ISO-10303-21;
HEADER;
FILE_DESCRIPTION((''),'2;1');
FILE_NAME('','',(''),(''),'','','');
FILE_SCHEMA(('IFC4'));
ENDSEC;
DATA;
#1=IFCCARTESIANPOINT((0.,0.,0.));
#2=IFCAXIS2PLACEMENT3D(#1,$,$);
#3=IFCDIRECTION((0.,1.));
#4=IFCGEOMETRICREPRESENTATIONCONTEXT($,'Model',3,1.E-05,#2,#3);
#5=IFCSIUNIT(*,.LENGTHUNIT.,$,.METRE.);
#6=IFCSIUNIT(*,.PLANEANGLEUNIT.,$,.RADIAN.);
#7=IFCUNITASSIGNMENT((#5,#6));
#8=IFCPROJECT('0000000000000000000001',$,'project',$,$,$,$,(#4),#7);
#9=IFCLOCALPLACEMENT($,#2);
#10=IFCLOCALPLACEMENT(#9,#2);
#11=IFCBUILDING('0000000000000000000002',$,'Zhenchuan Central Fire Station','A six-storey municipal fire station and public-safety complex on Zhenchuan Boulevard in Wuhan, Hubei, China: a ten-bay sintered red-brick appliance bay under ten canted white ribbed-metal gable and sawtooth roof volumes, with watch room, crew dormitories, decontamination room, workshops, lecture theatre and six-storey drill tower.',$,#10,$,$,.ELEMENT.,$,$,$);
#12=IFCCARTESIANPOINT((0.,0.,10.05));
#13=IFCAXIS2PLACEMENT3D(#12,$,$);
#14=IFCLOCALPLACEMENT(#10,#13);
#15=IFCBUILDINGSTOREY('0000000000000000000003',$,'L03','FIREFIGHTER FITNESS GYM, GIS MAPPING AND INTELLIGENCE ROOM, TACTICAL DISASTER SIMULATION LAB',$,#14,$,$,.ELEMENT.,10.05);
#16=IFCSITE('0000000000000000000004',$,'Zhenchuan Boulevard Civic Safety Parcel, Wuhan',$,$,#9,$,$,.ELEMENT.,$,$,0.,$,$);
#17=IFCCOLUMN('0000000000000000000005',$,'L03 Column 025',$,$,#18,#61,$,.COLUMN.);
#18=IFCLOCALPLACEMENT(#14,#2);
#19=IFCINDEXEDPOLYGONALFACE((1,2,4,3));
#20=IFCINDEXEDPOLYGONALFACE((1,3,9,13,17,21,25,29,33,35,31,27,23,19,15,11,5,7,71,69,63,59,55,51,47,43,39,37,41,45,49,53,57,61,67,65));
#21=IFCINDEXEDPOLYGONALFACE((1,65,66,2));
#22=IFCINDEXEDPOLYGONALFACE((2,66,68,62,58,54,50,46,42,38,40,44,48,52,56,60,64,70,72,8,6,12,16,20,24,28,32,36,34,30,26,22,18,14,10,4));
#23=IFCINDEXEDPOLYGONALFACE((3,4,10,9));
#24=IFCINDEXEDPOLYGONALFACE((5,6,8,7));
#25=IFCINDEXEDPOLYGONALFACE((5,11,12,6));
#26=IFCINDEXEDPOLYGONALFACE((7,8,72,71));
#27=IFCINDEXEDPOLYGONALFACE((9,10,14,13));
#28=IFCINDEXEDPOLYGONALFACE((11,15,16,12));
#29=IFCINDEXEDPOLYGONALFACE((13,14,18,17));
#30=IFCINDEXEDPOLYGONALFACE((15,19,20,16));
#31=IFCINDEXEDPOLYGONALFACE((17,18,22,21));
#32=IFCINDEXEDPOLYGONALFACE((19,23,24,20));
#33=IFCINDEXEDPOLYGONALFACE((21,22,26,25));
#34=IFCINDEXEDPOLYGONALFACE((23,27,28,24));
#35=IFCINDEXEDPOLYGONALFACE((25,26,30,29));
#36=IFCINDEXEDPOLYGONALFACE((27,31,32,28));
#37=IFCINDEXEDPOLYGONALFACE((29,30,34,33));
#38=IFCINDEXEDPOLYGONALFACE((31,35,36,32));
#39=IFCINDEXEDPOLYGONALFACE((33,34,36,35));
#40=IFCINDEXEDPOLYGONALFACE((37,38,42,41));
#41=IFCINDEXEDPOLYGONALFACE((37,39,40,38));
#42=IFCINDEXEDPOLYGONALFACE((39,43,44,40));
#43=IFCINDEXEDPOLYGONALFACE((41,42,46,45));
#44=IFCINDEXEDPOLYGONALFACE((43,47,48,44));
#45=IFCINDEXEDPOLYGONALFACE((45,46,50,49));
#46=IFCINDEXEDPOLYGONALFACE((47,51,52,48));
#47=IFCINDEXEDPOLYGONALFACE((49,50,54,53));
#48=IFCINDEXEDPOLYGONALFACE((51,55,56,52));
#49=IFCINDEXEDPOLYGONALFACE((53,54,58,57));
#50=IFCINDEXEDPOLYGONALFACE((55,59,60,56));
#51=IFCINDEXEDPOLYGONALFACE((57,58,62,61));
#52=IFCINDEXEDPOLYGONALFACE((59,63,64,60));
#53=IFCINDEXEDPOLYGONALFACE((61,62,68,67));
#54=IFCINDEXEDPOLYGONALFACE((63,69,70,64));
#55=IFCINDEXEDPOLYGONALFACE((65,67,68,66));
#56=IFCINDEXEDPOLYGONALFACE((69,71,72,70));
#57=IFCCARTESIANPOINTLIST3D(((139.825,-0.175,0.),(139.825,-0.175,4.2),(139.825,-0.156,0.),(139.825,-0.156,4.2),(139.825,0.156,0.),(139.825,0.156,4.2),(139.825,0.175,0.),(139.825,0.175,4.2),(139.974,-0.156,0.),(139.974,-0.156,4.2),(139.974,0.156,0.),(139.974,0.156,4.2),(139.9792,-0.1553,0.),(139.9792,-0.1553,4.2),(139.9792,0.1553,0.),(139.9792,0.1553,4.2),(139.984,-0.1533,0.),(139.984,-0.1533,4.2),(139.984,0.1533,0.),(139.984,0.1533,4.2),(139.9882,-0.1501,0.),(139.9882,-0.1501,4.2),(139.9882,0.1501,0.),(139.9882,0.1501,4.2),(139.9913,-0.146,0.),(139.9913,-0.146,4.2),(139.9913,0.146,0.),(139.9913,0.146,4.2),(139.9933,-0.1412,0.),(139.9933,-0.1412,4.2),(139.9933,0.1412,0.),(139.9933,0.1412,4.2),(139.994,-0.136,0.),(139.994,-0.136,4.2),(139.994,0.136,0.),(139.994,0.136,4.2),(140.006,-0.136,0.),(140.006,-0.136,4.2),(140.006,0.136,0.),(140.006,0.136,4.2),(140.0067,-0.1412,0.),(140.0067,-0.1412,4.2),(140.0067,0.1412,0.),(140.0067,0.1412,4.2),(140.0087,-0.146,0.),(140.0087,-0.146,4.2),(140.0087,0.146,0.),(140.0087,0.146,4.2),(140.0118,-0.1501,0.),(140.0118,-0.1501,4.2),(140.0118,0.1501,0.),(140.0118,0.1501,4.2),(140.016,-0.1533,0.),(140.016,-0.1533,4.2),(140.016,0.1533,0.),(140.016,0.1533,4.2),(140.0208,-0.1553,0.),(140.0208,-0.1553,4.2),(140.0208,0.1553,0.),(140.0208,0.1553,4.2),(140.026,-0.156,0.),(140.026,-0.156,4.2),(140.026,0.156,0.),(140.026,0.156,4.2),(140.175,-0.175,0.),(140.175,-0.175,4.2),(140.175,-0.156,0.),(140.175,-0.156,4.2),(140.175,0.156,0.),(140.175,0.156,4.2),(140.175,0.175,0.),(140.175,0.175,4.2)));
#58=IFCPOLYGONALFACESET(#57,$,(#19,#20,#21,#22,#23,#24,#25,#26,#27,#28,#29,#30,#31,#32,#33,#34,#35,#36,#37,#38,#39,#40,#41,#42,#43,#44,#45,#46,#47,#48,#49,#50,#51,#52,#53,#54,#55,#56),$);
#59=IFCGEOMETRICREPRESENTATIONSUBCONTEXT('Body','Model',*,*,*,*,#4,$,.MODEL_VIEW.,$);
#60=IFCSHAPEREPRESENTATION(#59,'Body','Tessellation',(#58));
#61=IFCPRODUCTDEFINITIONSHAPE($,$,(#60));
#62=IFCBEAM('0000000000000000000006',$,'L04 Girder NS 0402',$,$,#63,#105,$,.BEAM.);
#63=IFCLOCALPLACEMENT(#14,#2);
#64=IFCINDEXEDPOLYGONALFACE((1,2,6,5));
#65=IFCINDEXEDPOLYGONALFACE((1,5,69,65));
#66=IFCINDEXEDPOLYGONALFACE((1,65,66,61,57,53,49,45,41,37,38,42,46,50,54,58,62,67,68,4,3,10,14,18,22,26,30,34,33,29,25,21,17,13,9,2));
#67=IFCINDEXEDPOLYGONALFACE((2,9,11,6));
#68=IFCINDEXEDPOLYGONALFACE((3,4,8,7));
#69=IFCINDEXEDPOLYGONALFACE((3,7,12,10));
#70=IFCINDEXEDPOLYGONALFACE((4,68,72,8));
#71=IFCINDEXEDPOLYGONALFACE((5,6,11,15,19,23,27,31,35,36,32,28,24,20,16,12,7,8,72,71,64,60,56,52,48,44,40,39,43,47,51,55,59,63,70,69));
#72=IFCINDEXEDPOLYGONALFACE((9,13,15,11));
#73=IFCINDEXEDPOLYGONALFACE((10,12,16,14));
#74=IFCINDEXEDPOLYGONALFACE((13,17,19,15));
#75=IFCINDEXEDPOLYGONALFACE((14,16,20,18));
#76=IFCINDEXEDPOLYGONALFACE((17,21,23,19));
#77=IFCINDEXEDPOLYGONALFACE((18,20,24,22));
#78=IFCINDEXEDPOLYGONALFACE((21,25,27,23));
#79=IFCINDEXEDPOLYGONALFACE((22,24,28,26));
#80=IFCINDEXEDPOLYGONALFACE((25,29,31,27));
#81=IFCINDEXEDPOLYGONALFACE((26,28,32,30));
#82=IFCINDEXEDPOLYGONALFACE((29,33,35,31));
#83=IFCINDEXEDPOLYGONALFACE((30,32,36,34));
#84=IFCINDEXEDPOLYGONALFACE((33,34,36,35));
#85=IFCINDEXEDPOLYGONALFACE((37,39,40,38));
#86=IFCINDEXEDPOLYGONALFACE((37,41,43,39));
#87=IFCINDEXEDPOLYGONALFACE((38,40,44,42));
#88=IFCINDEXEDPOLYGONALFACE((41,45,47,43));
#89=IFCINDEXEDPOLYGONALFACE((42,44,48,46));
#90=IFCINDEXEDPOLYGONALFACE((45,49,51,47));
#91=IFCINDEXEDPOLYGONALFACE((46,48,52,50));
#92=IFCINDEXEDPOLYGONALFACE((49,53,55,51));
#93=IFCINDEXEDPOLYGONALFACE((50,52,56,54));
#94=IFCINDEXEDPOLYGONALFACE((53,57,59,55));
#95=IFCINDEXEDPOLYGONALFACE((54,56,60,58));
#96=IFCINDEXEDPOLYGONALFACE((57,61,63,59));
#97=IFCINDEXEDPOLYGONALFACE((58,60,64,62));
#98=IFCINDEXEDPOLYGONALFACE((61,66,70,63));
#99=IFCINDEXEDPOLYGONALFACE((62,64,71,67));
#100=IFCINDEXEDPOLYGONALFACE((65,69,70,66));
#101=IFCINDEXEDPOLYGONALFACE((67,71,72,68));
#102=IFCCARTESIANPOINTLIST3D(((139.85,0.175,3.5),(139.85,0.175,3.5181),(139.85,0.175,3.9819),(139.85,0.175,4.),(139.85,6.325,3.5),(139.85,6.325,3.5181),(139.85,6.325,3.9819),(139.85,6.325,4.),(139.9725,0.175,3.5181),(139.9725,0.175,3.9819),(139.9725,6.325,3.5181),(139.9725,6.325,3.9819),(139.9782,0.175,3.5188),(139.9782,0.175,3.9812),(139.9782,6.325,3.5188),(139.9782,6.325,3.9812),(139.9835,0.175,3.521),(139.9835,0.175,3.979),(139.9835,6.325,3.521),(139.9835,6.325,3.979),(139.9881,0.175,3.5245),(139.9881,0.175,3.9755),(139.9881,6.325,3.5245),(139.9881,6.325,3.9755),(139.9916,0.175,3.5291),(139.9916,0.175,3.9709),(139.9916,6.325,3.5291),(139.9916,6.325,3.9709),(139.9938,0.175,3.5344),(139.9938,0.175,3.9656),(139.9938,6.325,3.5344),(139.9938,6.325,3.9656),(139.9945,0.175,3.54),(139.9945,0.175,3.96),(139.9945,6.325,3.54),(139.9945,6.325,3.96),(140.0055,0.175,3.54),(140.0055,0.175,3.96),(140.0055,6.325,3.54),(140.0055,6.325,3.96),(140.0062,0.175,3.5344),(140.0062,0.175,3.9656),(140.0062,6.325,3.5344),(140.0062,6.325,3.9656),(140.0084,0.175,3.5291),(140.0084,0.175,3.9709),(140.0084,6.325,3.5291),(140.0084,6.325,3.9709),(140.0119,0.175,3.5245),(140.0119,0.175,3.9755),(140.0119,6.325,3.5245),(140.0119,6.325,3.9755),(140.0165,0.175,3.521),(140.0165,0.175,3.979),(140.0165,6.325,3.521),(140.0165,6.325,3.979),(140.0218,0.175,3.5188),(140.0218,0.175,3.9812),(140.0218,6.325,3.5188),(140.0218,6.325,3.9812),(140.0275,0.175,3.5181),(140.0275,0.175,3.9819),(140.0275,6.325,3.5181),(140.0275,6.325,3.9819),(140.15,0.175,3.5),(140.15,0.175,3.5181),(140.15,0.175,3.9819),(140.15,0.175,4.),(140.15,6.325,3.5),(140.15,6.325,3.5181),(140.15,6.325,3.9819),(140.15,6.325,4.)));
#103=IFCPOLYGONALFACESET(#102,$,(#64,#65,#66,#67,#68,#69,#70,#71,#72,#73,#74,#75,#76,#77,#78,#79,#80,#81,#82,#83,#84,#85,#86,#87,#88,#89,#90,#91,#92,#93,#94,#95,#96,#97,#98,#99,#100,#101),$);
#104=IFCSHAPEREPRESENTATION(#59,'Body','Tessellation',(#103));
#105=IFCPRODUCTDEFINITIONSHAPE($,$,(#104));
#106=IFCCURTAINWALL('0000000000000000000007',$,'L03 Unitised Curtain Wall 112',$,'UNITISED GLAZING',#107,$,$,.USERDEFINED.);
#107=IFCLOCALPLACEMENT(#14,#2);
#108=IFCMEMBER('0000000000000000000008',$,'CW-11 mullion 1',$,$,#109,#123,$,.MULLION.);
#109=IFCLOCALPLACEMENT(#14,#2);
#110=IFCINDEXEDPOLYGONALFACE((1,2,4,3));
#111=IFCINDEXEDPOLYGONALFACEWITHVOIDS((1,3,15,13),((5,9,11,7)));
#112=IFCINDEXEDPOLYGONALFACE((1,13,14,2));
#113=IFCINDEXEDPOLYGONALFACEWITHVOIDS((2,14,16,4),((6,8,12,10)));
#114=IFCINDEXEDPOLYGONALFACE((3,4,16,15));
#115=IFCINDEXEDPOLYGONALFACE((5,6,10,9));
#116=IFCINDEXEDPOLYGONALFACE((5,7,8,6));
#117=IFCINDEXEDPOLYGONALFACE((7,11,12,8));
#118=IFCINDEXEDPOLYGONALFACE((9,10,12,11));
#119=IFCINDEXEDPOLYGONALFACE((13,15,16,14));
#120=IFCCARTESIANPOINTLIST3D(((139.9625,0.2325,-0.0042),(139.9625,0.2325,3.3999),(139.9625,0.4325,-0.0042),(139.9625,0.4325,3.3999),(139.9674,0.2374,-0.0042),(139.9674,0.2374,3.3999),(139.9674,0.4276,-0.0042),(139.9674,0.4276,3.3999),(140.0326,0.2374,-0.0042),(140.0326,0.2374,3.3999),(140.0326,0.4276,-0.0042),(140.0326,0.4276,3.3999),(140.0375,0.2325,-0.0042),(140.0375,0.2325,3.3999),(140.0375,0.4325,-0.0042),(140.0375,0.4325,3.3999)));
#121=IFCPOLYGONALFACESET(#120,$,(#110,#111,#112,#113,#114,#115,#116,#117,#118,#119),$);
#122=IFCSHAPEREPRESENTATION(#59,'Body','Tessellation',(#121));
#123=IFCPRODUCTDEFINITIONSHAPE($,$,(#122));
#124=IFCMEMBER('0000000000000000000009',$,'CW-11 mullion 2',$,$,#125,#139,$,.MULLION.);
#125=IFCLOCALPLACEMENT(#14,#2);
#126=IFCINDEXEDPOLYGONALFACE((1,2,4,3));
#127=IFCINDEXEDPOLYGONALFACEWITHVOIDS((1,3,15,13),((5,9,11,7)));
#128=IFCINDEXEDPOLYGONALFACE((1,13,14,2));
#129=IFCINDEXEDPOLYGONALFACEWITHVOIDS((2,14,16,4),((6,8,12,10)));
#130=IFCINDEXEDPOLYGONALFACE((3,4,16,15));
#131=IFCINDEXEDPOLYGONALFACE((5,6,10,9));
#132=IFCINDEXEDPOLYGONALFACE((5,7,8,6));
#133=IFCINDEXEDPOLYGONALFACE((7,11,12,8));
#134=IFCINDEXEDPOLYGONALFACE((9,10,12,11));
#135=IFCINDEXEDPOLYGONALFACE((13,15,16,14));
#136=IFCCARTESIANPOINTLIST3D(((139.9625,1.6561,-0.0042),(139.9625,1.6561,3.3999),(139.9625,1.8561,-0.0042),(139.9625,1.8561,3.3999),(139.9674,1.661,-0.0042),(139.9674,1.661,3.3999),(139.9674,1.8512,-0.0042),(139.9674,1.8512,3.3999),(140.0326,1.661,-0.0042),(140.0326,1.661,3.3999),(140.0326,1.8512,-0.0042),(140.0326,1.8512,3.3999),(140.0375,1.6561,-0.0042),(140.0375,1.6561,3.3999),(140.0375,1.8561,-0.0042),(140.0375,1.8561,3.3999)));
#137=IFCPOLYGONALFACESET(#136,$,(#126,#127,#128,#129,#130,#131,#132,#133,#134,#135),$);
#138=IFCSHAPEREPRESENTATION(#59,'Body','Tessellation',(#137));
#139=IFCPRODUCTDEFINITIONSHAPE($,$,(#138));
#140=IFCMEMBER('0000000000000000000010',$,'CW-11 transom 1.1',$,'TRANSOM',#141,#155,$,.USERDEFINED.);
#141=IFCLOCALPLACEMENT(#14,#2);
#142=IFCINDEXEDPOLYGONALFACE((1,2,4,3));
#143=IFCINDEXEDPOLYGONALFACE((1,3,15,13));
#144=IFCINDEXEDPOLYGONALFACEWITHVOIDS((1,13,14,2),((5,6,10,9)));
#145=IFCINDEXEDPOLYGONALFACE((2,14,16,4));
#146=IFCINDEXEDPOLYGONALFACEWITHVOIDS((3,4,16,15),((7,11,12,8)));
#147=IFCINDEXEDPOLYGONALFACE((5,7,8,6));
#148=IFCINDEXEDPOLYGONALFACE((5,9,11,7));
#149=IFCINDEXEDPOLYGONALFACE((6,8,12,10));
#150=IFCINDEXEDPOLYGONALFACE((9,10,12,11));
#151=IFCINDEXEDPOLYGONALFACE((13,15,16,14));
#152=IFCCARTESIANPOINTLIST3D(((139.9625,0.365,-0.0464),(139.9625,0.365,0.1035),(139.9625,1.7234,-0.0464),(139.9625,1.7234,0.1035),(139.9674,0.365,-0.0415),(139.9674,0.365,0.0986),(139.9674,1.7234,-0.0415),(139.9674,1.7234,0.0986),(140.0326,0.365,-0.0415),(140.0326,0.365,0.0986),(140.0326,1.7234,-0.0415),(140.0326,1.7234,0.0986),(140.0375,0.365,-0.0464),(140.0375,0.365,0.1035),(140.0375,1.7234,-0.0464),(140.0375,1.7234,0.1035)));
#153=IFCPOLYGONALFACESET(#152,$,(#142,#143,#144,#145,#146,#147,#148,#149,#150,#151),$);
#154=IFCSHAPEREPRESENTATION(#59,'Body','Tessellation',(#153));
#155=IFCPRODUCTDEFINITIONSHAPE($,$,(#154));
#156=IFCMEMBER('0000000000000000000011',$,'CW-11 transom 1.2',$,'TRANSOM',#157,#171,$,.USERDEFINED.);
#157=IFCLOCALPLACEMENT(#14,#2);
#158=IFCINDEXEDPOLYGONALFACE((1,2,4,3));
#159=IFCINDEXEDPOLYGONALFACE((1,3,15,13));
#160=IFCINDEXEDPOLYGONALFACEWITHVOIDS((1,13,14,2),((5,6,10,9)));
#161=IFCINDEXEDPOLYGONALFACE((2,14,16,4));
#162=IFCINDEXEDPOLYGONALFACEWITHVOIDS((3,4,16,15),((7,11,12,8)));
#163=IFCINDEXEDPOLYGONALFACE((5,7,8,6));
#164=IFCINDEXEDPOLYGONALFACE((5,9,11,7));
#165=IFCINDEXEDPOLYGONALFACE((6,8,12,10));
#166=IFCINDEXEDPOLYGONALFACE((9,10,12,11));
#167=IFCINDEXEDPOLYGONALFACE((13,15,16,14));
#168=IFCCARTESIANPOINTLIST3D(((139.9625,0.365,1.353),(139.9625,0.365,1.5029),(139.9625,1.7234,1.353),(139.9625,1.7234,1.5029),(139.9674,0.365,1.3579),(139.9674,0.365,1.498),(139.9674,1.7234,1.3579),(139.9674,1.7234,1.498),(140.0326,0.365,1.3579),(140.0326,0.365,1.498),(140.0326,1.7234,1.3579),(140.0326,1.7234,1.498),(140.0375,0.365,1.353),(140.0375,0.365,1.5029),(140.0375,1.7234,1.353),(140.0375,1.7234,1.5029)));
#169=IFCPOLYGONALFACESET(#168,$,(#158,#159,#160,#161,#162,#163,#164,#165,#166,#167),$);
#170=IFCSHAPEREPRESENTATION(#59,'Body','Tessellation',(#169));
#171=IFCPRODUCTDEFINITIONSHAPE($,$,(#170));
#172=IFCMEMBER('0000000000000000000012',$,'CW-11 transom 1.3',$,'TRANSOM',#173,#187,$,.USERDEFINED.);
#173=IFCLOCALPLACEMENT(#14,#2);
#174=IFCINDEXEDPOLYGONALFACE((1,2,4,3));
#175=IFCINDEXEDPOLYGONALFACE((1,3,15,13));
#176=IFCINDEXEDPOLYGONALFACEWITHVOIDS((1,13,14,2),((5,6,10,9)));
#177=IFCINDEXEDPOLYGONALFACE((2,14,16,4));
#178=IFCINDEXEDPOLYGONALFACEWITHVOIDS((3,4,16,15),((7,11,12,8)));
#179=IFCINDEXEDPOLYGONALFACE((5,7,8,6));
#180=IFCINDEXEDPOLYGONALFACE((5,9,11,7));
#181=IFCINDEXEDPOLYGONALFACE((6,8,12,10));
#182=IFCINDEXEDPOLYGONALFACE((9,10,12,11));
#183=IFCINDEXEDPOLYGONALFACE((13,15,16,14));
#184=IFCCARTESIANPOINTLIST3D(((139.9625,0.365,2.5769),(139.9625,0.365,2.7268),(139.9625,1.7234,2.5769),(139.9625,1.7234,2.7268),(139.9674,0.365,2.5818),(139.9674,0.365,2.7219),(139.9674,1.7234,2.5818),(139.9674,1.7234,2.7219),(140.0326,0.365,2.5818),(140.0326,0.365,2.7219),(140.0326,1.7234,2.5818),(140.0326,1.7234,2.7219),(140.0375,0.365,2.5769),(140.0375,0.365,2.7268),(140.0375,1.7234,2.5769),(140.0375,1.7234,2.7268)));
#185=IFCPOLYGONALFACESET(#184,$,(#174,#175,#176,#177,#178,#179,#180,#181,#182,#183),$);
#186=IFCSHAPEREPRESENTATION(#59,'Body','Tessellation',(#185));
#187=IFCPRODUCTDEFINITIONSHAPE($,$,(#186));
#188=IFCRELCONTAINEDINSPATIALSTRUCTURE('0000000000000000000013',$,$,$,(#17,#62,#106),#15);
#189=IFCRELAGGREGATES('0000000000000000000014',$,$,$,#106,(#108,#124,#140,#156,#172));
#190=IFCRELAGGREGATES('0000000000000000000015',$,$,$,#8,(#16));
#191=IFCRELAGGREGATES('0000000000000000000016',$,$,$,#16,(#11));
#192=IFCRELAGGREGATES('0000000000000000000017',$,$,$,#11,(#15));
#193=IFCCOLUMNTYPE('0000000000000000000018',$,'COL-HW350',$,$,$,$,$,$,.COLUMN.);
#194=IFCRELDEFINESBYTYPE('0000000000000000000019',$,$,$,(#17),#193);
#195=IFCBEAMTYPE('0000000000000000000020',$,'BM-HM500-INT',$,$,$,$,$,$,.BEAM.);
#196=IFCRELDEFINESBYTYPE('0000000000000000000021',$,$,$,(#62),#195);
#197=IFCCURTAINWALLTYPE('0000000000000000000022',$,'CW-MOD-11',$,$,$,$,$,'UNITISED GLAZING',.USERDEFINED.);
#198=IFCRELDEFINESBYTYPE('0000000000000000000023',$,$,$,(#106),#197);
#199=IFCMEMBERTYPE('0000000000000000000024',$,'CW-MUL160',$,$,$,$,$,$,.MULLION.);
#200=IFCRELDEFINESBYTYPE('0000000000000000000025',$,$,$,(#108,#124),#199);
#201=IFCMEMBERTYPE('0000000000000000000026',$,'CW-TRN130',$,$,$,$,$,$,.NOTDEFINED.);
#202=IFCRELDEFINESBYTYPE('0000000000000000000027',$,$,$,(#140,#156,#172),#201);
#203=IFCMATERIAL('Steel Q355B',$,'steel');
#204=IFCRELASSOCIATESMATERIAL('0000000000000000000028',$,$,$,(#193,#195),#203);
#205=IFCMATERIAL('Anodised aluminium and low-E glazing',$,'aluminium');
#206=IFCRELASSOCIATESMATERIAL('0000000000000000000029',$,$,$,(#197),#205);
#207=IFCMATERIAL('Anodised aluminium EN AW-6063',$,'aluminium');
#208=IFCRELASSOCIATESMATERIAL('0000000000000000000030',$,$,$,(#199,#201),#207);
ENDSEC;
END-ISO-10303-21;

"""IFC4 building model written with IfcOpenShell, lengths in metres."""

from ifc_helpers import new_model, si_unit, direction, frame, origin, origin_2d, place, context, subcontext, project, spatial, hollow_rectangle, i_section, extrude, material, material_profile, profile_set, type_object, element, aggregate, save


model = new_model("IFC4")

# Units and contexts
model_context = context("Model", 3, precision=1e-05, world=origin(), true_north=direction((0.0, 1.0)))
body_context = subcontext(model_context, "Body", "Model", "MODEL_VIEW")
ifc_project = project(units=[si_unit("LENGTHUNIT", "METRE"), si_unit("PLANEANGLEUNIT", "RADIAN")], contexts=[model_context])

# Site, building, storey
site_placement = place(None, origin())
site = spatial("IfcSite", under=ifc_project, at=site_placement, Name="Zhenchuan Boulevard Civic Safety Parcel, Wuhan", CompositionType="ELEMENT", RefElevation=0.0)
building_placement = place(site_placement, origin())
building = spatial("IfcBuilding", under=site, at=building_placement, Name="Zhenchuan Central Fire Station", Description="A six-storey municipal fire station and public-safety complex on Zhenchuan Boulevard in Wuhan, Hubei, China: a ten-bay sintered red-brick appliance bay under ten canted white ribbed-metal gable and sawtooth roof volumes, with watch room, crew dormitories, decontamination room, workshops, lecture theatre and six-storey drill tower.", CompositionType="ELEMENT")
storey_placement = place(building_placement, frame((0.0, 0.0, 10.05)))
storey = spatial("IfcBuildingStorey", under=building, at=storey_placement, Name="L03", Description="FIREFIGHTER FITNESS GYM, GIS MAPPING AND INTELLIGENCE ROOM, TACTICAL DISASTER SIMULATION LAB", CompositionType="ELEMENT", Elevation=10.05)

# Column
ifc_material_1 = material(Name="Steel Q355B", Category="steel")
ifc_material_profile_1 = material_profile(ifc_material_1, i_section(OverallWidth=0.3501, OverallDepth=0.3501, WebThickness=0.012, FlangeThickness=0.019, FilletRadius=0.02, at=origin_2d()), Name="HW 350x350")
ifc_profile_set_1 = profile_set([ifc_material_profile_1], Name="Steel Q355B")
column_type = type_object("IfcColumnType", Name="COL-HW350", PredefinedType="COLUMN", material=ifc_profile_set_1)
column_placement = place(storey_placement, frame((140.0, 0.0, 0.0), z_axis=(0.0, 0.0, 1.0), x_axis=(1.0, 0.0, 0.0)))
element("IfcColumn", 1, at=column_placement, inside=storey, type_object=column_type, Name="L03 Column 025", PredefinedType="COLUMN", context=body_context, shape_type="SweptSolid", body=[
    extrude(i_section(OverallWidth=0.3501, OverallDepth=0.3501, WebThickness=0.012, FlangeThickness=0.019, FilletRadius=0.02, at=origin_2d()), origin(), (0.0, 0.0, 1.0), 4.2),
])

# Beam
ifc_material_profile_2 = material_profile(ifc_material_1, i_section(OverallWidth=0.3, OverallDepth=0.5, WebThickness=0.011, FlangeThickness=0.0181, FilletRadius=0.022, at=origin_2d()), Name="HM 500x300")
ifc_profile_set_2 = profile_set([ifc_material_profile_2], Name="Steel Q355B")
beam_type = type_object("IfcBeamType", Name="BM-HM500-INT", PredefinedType="BEAM", material=ifc_profile_set_2)
beam_placement = place(storey_placement, frame((140.0, 0.175, 3.75), z_axis=(0.0, 1.0, 0.0), x_axis=(-1.0, 0.0, 0.0)))
element("IfcBeam", 2, at=beam_placement, inside=storey, type_object=beam_type, Name="L04 Girder NS 0402", PredefinedType="BEAM", context=body_context, shape_type="SweptSolid", body=[
    extrude(i_section(OverallWidth=0.3, OverallDepth=0.5, WebThickness=0.011, FlangeThickness=0.0181, FilletRadius=0.022, at=origin_2d()), origin(), (0.0, 0.0, 1.0), 6.1499),
])

# Curtain wall, members
ifc_material_2 = material(Name="Anodised aluminium and low-E glazing", Category="aluminium")
curtain_wall_type = type_object("IfcCurtainWallType", Name="CW-MOD-11", ElementType="UNITISED GLAZING", PredefinedType="USERDEFINED", material=ifc_material_2)
curtain_wall_placement = place(storey_placement, origin())
curtain_wall = element("IfcCurtainWall", 3, at=curtain_wall_placement, inside=storey, type_object=curtain_wall_type, Name="L03 Unitised Curtain Wall 112", ObjectType="UNITISED GLAZING", PredefinedType="USERDEFINED")
ifc_material_3 = material(Name="Anodised aluminium EN AW-6063", Category="aluminium")
ifc_material_profile_3 = material_profile(ifc_material_3, hollow_rectangle(XDim=0.075, YDim=0.2, WallThickness=0.0049, at=origin_2d()), Name="ALU-M 200x75")
ifc_profile_set_3 = profile_set([ifc_material_profile_3], Name="Anodised aluminium EN AW-6063")
member_type_1 = type_object("IfcMemberType", Name="CW-MUL160", PredefinedType="MULLION", material=ifc_profile_set_3)
member_1_placement = place(storey_placement, frame((140.0, 0.3325, -0.0042), z_axis=(0.0, 0.0, 1.0), x_axis=(-1.0, 0.0, 0.0)))
member_1 = element("IfcMember", 4, at=member_1_placement, type_object=member_type_1, Name="CW-11 mullion 1", PredefinedType="MULLION", context=body_context, shape_type="SweptSolid", body=[
    extrude(hollow_rectangle(XDim=0.075, YDim=0.2, WallThickness=0.0049, at=origin_2d()), origin(), (0.0, 0.0, 1.0), 3.4041),
])
member_2_placement = place(storey_placement, frame((140.0, 1.7561, -0.0042), z_axis=(0.0, 0.0, 1.0), x_axis=(-1.0, 0.0, 0.0)))
member_2 = element("IfcMember", 5, at=member_2_placement, type_object=member_type_1, Name="CW-11 mullion 2", PredefinedType="MULLION", context=body_context, shape_type="SweptSolid", body=[
    extrude(hollow_rectangle(XDim=0.075, YDim=0.2, WallThickness=0.0049, at=origin_2d()), origin(), (0.0, 0.0, 1.0), 3.4041),
])
ifc_material_profile_4 = material_profile(ifc_material_3, hollow_rectangle(XDim=0.075, YDim=0.1499, WallThickness=0.0049, at=origin_2d()), Name="ALU-T 150x75")
ifc_profile_set_4 = profile_set([ifc_material_profile_4], Name="Anodised aluminium EN AW-6063")
member_type_2 = type_object("IfcMemberType", Name="CW-TRN130", PredefinedType="NOTDEFINED", material=ifc_profile_set_4)
member_3_placement = place(storey_placement, frame((140.0, 0.365, 0.0286), z_axis=(0.0, 1.0, 0.0), x_axis=(-1.0, 0.0, 0.0)))
member_3 = element("IfcMember", 6, at=member_3_placement, type_object=member_type_2, Name="CW-11 transom 1.1", ObjectType="TRANSOM", PredefinedType="USERDEFINED", context=body_context, shape_type="SweptSolid", body=[
    extrude(hollow_rectangle(XDim=0.075, YDim=0.1499, WallThickness=0.0049, at=origin_2d()), origin(), (0.0, 0.0, 1.0), 1.3584),
])
member_4_placement = place(storey_placement, frame((140.0, 0.365, 1.428), z_axis=(0.0, 1.0, 0.0), x_axis=(-1.0, 0.0, 0.0)))
member_4 = element("IfcMember", 7, at=member_4_placement, type_object=member_type_2, Name="CW-11 transom 1.2", ObjectType="TRANSOM", PredefinedType="USERDEFINED", context=body_context, shape_type="SweptSolid", body=[
    extrude(hollow_rectangle(XDim=0.075, YDim=0.1499, WallThickness=0.0049, at=origin_2d()), origin(), (0.0, 0.0, 1.0), 1.3584),
])
member_5_placement = place(storey_placement, frame((140.0, 0.365, 2.6519), z_axis=(0.0, 1.0, 0.0), x_axis=(-1.0, 0.0, 0.0)))
member_5 = element("IfcMember", 8, at=member_5_placement, type_object=member_type_2, Name="CW-11 transom 1.3", ObjectType="TRANSOM", PredefinedType="USERDEFINED", context=body_context, shape_type="SweptSolid", body=[
    extrude(hollow_rectangle(XDim=0.075, YDim=0.1499, WallThickness=0.0049, at=origin_2d()), origin(), (0.0, 0.0, 1.0), 1.3584),
])

aggregate(curtain_wall, [member_1, member_2, member_3, member_4, member_5])

save(model, "model.ifc")
